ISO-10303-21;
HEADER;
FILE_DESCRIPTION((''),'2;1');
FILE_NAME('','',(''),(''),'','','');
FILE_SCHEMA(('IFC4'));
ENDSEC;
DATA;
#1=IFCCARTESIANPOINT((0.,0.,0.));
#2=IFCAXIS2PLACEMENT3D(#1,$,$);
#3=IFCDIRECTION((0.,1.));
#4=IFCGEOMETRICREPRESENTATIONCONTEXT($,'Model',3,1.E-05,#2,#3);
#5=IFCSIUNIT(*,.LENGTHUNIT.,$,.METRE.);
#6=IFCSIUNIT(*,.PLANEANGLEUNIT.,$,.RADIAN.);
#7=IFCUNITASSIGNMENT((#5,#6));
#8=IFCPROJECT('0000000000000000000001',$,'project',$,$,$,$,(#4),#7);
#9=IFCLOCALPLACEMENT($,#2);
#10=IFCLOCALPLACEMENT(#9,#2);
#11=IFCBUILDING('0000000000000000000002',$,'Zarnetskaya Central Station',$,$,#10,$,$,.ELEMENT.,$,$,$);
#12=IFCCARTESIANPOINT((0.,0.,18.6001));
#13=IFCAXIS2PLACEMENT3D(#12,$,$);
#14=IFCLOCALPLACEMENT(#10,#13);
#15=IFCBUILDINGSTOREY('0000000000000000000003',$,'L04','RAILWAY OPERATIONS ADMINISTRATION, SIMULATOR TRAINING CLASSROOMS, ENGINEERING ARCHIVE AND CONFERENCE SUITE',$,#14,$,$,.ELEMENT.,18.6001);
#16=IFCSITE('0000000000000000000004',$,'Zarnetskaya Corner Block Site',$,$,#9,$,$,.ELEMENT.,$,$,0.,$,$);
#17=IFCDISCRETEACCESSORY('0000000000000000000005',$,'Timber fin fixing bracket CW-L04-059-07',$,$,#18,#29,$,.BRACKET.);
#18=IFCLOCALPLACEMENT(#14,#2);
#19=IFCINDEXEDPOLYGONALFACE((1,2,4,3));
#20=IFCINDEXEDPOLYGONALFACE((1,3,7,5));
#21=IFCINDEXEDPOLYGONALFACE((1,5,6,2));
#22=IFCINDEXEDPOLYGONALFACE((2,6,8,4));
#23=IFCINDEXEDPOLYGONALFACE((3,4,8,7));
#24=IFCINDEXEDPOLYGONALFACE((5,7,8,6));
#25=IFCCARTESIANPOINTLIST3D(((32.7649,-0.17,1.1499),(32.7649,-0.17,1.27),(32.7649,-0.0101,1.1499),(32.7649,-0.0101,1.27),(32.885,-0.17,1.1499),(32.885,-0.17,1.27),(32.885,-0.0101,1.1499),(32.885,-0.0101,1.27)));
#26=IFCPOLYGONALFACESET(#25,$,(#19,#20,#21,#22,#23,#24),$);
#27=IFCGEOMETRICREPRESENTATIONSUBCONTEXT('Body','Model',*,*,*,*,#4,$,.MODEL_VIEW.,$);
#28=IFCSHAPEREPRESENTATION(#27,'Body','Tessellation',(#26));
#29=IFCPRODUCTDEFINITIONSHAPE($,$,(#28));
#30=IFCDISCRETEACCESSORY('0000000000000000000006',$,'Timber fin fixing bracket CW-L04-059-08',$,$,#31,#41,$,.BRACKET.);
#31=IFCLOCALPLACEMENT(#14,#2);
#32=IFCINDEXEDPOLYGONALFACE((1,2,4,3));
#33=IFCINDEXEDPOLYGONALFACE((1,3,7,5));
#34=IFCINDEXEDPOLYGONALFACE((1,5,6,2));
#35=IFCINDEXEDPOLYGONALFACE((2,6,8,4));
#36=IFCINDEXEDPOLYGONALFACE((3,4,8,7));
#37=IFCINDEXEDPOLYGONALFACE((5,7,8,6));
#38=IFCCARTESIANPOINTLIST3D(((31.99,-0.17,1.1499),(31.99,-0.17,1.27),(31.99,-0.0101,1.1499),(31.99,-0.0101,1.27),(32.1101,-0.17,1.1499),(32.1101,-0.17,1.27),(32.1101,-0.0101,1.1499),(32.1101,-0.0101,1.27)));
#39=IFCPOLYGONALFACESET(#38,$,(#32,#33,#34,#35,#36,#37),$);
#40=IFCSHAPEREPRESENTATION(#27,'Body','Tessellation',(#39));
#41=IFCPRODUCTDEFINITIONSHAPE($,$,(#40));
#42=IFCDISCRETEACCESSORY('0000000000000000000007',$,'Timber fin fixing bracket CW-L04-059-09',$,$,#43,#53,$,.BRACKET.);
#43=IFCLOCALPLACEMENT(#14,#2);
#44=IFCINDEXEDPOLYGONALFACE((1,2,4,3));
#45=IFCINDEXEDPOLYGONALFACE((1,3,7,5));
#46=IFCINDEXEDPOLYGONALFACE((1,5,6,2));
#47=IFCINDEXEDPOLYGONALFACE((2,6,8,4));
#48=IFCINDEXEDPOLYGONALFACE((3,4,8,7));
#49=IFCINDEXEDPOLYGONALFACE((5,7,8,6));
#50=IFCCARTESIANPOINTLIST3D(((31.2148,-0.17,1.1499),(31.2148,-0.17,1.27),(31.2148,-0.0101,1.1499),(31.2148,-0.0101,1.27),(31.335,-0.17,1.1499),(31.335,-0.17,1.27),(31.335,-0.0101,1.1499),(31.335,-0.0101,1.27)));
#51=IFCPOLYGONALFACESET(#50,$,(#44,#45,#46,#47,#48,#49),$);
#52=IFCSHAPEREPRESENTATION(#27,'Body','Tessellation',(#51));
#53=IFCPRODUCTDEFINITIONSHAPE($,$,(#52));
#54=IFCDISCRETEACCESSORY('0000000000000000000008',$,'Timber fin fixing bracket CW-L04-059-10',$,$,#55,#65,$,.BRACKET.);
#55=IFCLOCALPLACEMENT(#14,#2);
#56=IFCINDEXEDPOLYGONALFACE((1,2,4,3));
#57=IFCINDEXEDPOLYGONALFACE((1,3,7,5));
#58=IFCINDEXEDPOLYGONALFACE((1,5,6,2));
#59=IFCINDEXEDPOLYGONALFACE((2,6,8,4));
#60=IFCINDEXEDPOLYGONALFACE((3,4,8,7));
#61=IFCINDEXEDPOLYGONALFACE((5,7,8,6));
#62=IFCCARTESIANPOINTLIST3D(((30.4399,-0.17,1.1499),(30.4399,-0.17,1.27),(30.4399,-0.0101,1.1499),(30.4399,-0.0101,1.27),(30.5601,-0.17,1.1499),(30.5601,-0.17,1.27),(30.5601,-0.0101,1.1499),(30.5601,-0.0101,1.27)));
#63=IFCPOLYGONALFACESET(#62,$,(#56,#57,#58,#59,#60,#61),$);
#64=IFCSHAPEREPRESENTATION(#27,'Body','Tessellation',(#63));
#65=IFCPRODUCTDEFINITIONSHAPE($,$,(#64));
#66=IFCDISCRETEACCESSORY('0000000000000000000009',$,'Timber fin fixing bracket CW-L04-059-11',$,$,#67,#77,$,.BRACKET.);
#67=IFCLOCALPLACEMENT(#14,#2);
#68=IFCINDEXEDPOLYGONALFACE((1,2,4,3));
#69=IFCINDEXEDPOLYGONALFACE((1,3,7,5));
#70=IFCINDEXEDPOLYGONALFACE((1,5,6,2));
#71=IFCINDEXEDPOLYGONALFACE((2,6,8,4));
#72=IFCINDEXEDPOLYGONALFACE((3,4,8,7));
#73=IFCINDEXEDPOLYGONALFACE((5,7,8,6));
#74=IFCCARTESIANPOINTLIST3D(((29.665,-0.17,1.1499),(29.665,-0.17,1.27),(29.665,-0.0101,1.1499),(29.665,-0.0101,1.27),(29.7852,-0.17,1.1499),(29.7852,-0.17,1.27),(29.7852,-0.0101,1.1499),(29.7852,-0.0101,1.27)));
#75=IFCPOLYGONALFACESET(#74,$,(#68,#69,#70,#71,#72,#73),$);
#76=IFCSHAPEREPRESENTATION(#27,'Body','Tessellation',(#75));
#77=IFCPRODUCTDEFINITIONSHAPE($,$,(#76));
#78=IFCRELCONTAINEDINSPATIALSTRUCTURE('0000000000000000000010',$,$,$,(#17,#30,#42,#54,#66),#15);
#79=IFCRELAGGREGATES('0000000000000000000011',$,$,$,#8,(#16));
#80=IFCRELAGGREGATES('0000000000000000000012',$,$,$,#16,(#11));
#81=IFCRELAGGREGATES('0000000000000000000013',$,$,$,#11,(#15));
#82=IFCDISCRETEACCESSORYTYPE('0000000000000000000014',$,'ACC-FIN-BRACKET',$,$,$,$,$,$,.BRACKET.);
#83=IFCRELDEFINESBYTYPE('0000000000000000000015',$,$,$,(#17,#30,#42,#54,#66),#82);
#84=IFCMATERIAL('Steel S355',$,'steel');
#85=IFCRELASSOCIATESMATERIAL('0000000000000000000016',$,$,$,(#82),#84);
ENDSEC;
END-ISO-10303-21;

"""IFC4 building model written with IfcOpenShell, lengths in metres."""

from ifc_helpers import new_model, si_unit, direction, frame, origin, origin_2d, place, context, subcontext, project, spatial, rectangle, extrude, material, type_object, element, save


model = new_model("IFC4")

# Units and contexts
model_context = context("Model", 3, precision=1e-05, world=origin(), true_north=direction((0.0, 1.0)))
body_context = subcontext(model_context, "Body", "Model", "MODEL_VIEW")
ifc_project = project(units=[si_unit("LENGTHUNIT", "METRE"), si_unit("PLANEANGLEUNIT", "RADIAN")], contexts=[model_context])

# Site, building, storey
site_placement = place(None, origin())
site = spatial("IfcSite", under=ifc_project, at=site_placement, Name="Zarnetskaya Corner Block Site", CompositionType="ELEMENT", RefElevation=0.0)
building_placement = place(site_placement, origin())
building = spatial("IfcBuilding", under=site, at=building_placement, Name="Zarnetskaya Central Station", CompositionType="ELEMENT")
storey_placement = place(building_placement, frame((0.0, 0.0, 18.6001)))
storey = spatial("IfcBuildingStorey", under=building, at=storey_placement, Name="L04", Description="RAILWAY OPERATIONS ADMINISTRATION, SIMULATOR TRAINING CLASSROOMS, ENGINEERING ARCHIVE AND CONFERENCE SUITE", CompositionType="ELEMENT", Elevation=18.6001)

# Discrete accessories
ifc_material_1 = material(Name="Steel S355", Category="steel")
discrete_accessory_type = type_object("IfcDiscreteAccessoryType", Name="ACC-FIN-BRACKET", PredefinedType="BRACKET", material=ifc_material_1)
for number, where, z_axis, x_axis, name in (
    (1, (32.825, -0.0901, 1.1499), (0.0, 0.0, 1.0), (-1.0, 0.0, 0.0), "Timber fin fixing bracket CW-L04-059-07"),
    (2, (32.05, -0.0901, 1.1499), (0.0, 0.0, 1.0), (-1.0, 0.0, 0.0), "Timber fin fixing bracket CW-L04-059-08"),
    (3, (31.2749, -0.0901, 1.1499), (0.0, 0.0, 1.0), (-1.0, 0.0, 0.0), "Timber fin fixing bracket CW-L04-059-09"),
    (4, (30.5, -0.0901, 1.1499), (0.0, 0.0, 1.0), (-1.0, 0.0, 0.0), "Timber fin fixing bracket CW-L04-059-10"),
    (5, (29.7251, -0.0901, 1.1499), (0.0, 0.0, 1.0), (-1.0, 0.0, 0.0), "Timber fin fixing bracket CW-L04-059-11"),
):
    element("IfcDiscreteAccessory", number, at=place(storey_placement, frame(where, z_axis=z_axis, x_axis=x_axis)), inside=storey, type_object=discrete_accessory_type, Name=name, PredefinedType="BRACKET", context=body_context, shape_type="SweptSolid", body=[
        extrude(rectangle(XDim=0.1201, YDim=0.1599, at=origin_2d()), origin(), (0.0, 0.0, 1.0), 0.1201),
    ])

save(model, "model.ifc")
